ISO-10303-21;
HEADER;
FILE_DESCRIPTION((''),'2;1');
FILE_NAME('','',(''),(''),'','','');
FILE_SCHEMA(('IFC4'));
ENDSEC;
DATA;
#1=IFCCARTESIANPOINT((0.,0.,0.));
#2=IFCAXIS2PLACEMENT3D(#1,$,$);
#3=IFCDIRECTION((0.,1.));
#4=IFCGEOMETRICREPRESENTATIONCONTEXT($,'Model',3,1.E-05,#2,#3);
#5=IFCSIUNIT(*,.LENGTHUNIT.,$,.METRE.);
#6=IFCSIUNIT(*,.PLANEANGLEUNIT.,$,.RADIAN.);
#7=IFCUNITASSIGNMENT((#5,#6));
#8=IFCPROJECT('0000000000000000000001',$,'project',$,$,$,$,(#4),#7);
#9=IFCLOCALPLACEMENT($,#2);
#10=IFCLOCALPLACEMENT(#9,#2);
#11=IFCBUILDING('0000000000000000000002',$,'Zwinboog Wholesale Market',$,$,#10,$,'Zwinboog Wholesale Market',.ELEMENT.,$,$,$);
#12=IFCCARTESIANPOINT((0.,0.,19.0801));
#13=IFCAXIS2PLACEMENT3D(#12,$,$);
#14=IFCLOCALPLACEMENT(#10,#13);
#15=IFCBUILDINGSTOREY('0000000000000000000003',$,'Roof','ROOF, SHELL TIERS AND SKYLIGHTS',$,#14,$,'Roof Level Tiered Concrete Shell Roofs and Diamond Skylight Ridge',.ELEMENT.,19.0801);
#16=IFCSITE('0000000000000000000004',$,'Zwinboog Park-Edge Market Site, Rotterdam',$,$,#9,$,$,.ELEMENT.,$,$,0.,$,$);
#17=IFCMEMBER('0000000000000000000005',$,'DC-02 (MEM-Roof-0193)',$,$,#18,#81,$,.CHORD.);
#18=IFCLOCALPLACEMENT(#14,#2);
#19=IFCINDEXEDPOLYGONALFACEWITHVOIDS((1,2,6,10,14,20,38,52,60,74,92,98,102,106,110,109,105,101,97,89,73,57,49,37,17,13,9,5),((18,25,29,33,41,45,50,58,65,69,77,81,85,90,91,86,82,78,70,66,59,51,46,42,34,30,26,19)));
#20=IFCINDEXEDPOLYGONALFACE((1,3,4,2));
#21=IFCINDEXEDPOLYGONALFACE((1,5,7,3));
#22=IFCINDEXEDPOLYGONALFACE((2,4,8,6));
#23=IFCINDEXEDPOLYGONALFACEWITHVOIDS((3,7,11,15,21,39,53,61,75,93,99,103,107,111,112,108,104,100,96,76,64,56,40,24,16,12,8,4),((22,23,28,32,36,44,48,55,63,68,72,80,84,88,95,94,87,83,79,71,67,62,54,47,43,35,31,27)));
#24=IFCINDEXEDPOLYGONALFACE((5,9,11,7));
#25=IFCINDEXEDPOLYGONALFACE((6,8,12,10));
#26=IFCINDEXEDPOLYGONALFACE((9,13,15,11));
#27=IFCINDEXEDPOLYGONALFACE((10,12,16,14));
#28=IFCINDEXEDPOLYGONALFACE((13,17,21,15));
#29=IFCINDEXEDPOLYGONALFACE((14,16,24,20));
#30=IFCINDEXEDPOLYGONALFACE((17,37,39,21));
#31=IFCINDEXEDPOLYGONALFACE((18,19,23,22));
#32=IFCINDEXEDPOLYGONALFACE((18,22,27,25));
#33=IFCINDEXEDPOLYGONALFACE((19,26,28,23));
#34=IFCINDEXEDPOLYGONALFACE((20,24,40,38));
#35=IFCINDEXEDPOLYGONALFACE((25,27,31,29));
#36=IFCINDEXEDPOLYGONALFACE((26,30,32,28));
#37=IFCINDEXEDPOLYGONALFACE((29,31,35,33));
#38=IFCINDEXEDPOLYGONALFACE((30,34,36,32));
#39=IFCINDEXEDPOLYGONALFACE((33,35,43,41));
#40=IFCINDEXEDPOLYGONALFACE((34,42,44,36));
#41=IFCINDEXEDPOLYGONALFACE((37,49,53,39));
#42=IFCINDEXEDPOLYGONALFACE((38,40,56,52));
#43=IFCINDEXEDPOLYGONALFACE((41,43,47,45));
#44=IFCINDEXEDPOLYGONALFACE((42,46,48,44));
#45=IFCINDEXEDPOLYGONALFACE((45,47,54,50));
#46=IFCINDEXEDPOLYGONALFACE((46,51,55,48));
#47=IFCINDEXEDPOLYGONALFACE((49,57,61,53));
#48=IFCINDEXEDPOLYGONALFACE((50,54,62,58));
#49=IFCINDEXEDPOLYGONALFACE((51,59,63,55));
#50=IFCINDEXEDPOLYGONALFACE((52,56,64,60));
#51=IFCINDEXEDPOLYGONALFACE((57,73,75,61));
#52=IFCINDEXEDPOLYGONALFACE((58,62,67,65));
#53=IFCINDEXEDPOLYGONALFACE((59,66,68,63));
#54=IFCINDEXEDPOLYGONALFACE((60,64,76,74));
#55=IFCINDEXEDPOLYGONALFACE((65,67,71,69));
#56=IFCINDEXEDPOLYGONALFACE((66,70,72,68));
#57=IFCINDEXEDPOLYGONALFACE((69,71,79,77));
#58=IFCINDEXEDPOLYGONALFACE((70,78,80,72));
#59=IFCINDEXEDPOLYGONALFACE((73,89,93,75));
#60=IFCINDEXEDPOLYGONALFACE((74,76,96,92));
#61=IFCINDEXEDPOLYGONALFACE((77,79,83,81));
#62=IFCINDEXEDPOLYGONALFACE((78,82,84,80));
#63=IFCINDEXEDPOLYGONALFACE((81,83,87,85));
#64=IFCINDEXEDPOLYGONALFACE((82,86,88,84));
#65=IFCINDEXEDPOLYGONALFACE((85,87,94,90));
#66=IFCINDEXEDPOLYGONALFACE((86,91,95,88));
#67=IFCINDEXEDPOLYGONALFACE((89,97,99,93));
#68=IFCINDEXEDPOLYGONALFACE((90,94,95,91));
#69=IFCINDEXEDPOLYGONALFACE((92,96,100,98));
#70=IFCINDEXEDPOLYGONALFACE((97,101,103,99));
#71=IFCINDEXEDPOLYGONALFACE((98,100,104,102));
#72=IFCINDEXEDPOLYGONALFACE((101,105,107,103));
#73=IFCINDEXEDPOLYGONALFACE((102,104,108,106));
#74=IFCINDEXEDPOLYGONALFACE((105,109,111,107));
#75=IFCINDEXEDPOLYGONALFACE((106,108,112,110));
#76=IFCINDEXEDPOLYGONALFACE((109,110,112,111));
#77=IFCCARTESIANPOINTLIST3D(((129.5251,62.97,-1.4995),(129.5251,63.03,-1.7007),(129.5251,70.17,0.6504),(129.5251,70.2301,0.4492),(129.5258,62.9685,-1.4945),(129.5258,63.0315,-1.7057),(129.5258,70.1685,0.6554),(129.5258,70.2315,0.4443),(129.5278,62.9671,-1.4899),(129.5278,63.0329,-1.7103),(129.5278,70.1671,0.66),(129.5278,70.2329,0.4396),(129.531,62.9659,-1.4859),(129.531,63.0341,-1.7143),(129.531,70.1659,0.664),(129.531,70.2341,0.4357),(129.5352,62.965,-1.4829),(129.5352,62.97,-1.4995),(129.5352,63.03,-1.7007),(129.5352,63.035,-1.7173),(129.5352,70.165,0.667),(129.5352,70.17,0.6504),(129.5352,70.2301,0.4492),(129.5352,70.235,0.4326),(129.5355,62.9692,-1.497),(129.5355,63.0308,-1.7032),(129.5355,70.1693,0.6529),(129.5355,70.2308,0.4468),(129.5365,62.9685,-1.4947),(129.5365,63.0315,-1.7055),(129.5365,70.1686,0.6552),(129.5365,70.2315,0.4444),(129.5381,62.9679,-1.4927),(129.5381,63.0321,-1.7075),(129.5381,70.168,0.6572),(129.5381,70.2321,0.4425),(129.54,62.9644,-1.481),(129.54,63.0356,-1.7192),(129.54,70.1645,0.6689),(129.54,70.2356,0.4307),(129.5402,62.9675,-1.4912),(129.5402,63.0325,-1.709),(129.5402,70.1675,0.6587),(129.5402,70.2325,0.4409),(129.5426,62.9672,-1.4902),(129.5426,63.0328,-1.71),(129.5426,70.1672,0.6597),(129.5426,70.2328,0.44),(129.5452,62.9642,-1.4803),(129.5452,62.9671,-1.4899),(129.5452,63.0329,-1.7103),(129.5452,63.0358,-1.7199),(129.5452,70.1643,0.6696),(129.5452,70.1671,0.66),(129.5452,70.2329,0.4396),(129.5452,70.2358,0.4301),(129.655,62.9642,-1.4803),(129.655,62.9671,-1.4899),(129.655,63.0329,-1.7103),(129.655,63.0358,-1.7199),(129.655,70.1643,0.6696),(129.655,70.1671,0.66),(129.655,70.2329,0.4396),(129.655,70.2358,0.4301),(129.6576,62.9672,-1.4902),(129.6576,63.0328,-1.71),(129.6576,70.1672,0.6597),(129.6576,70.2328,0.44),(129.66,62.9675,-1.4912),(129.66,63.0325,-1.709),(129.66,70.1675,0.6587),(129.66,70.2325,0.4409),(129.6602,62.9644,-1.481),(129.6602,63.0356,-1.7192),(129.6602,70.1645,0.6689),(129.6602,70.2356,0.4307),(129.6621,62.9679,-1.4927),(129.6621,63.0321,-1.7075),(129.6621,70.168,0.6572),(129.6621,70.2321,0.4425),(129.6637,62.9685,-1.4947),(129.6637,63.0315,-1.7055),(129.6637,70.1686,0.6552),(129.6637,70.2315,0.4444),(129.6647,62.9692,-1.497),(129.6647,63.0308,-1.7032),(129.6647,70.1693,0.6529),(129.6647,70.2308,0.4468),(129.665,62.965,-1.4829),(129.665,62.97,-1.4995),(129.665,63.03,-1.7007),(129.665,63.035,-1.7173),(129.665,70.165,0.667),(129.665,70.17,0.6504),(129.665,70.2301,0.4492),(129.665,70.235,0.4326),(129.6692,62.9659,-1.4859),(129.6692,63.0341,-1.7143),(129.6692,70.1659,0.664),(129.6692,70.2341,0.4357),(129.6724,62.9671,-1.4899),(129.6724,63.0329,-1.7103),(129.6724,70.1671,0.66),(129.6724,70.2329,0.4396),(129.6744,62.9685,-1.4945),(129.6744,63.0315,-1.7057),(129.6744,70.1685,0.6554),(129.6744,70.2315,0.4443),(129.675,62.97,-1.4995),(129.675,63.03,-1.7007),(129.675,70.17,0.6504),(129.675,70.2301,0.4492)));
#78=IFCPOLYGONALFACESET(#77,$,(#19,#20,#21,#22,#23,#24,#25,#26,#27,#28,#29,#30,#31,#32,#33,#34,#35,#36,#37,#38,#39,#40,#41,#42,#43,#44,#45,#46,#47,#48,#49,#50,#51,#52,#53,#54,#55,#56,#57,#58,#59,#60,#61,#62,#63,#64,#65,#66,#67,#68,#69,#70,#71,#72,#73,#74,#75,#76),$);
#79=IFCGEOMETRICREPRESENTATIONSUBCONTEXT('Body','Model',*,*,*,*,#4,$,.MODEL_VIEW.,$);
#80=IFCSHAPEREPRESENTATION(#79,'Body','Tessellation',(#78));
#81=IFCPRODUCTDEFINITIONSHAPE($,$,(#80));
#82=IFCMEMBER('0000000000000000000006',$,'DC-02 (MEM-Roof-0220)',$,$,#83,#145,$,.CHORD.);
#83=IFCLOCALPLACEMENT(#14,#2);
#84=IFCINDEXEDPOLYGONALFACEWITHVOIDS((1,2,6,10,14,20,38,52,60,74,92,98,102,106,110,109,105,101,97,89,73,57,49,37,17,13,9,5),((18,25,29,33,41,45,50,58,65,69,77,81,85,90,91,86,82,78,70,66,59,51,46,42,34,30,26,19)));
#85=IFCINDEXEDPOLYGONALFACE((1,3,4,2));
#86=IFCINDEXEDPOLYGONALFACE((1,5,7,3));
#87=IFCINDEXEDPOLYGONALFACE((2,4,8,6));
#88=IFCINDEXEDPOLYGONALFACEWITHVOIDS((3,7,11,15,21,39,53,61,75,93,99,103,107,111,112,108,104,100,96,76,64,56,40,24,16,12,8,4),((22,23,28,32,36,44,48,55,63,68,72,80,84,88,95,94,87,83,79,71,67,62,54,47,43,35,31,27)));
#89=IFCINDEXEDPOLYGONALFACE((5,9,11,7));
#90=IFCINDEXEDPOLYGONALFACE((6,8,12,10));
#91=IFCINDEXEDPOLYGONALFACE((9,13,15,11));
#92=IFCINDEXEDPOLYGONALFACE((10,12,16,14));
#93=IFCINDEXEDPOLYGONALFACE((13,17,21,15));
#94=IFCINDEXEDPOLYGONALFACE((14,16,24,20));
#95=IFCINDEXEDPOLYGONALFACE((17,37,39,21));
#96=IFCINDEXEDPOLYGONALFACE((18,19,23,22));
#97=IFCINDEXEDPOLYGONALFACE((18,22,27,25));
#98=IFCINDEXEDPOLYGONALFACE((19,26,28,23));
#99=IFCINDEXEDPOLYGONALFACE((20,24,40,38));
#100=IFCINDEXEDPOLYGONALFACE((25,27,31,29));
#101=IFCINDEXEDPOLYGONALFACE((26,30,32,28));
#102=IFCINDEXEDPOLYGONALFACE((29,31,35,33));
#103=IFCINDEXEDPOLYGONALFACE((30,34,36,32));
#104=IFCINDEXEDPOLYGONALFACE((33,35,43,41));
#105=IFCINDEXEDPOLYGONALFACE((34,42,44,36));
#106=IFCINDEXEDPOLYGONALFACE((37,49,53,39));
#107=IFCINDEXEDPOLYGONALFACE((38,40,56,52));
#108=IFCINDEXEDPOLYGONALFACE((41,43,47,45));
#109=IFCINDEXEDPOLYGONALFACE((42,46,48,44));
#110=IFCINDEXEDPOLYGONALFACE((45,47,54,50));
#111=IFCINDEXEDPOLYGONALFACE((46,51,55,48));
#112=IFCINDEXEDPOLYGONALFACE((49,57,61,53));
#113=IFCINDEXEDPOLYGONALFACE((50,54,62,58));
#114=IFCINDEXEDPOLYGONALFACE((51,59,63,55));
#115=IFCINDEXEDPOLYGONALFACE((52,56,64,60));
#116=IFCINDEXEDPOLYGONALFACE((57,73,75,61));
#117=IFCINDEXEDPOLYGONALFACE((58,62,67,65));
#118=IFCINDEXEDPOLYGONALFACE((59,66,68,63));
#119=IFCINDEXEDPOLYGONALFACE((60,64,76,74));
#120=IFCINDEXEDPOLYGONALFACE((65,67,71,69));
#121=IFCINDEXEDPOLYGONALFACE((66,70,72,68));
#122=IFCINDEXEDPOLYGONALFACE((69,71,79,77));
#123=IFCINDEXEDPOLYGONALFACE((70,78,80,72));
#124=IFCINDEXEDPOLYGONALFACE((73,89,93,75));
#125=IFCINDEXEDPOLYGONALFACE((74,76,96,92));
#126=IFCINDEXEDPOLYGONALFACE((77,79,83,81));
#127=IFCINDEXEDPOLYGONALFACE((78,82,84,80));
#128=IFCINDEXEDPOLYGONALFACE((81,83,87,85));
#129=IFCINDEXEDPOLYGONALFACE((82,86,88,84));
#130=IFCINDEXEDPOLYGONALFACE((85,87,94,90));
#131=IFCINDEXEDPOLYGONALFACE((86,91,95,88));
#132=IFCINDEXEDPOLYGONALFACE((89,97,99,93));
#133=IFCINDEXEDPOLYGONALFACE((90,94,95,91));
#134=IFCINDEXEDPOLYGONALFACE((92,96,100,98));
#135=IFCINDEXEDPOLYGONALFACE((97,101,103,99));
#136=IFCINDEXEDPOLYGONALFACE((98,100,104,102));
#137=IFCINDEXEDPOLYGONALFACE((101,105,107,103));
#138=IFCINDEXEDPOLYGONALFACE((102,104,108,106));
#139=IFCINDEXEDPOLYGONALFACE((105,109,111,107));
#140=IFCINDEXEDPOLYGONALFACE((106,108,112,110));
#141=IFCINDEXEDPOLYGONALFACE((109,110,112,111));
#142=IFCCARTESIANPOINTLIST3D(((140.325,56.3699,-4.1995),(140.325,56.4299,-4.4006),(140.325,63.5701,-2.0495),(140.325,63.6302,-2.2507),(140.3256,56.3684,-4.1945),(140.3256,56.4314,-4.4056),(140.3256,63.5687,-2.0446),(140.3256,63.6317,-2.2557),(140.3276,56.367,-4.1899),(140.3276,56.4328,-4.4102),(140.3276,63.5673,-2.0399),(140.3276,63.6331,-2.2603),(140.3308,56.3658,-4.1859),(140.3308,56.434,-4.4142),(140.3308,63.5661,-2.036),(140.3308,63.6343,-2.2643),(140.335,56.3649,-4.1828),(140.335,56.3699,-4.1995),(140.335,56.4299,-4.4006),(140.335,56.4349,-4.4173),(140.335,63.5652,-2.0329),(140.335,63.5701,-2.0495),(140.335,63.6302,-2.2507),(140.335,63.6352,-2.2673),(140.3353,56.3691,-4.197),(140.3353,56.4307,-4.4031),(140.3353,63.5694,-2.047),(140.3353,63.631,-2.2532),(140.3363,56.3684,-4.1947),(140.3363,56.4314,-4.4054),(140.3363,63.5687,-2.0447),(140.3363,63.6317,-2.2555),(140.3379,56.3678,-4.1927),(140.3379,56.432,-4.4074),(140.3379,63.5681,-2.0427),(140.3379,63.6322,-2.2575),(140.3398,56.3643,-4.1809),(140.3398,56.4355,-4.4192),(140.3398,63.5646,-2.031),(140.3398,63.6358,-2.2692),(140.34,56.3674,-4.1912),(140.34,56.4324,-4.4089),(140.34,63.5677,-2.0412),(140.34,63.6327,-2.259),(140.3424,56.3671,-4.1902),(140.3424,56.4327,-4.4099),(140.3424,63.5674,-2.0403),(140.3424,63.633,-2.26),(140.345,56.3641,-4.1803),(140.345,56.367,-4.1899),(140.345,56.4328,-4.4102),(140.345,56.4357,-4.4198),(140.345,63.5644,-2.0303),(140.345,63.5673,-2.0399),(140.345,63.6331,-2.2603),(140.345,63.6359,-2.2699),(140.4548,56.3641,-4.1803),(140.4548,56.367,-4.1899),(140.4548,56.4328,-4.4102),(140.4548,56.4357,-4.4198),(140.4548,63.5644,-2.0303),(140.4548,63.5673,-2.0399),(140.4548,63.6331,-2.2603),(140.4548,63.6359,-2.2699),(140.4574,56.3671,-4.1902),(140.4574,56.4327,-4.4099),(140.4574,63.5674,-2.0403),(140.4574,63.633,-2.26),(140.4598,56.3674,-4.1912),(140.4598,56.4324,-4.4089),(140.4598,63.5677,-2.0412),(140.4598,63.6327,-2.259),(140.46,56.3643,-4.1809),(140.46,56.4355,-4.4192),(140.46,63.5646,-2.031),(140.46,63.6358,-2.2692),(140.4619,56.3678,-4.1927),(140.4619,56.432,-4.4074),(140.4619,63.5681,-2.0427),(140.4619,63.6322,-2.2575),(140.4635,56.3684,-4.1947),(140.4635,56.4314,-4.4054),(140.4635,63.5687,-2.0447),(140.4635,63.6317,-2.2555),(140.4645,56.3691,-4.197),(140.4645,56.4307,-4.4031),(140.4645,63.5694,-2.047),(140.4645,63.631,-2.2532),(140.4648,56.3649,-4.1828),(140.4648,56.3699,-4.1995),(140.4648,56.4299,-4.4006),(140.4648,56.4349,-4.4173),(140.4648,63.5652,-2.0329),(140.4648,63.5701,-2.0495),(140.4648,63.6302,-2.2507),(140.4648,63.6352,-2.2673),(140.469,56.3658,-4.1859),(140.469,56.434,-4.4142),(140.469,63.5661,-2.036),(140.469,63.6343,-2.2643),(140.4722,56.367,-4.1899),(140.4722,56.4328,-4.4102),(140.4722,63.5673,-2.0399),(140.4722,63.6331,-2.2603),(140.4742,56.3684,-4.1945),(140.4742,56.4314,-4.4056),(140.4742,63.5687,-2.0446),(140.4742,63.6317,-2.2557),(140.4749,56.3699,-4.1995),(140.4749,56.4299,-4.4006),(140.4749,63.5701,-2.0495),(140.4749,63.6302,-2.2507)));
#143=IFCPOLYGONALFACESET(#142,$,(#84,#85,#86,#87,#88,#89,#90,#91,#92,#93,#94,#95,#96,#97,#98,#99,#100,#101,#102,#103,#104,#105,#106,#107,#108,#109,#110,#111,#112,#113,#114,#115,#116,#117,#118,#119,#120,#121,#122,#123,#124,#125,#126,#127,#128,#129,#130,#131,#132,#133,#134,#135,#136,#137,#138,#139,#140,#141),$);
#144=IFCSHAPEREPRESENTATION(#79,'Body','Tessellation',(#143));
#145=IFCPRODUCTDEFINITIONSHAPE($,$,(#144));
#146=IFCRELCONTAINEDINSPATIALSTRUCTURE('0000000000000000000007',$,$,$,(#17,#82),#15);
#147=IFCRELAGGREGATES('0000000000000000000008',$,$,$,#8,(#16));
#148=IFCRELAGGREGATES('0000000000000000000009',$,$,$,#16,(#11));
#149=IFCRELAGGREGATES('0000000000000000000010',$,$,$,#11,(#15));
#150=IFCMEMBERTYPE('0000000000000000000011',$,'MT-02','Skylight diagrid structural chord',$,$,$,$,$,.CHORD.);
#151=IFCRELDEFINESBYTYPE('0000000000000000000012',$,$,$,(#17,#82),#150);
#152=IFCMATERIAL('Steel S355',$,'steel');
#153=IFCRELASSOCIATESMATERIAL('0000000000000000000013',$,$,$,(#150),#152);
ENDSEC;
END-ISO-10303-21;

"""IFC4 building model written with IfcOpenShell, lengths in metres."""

from ifc_helpers import new_model, si_unit, direction, frame, origin, origin_2d, place, context, subcontext, project, spatial, hollow_rectangle, extrude, material, material_profile, profile_set, type_object, element, save


model = new_model("IFC4")

# Units and contexts
model_context = context("Model", 3, precision=1e-05, world=origin(), true_north=direction((0.0, 1.0)))
body_context = subcontext(model_context, "Body", "Model", "MODEL_VIEW")
ifc_project = project(units=[si_unit("LENGTHUNIT", "METRE"), si_unit("PLANEANGLEUNIT", "RADIAN")], contexts=[model_context])

# Site, building, storey
site_placement = place(None, origin())
site = spatial("IfcSite", under=ifc_project, at=site_placement, Name="Zwinboog Park-Edge Market Site, Rotterdam", CompositionType="ELEMENT", RefElevation=0.0)
building_placement = place(site_placement, origin())
building = spatial("IfcBuilding", under=site, at=building_placement, Name="Zwinboog Wholesale Market", LongName="Zwinboog Wholesale Market", CompositionType="ELEMENT")
storey_placement = place(building_placement, frame((0.0, 0.0, 19.0801)))
storey = spatial("IfcBuildingStorey", under=building, at=storey_placement, Name="Roof", Description="ROOF, SHELL TIERS AND SKYLIGHTS", LongName="Roof Level Tiered Concrete Shell Roofs and Diamond Skylight Ridge", CompositionType="ELEMENT", Elevation=19.0801)

# Members
ifc_material_1 = material(Name="Steel S355", Category="steel")
ifc_material_profile_1 = material_profile(ifc_material_1, hollow_rectangle(XDim=0.1499, YDim=0.25, WallThickness=0.01, InnerFilletRadius=0.01, OuterFilletRadius=0.02, at=origin_2d()), Name="RHS 250x150x10")
ifc_profile_set_1 = profile_set([ifc_material_profile_1], Name="Steel S355")
member_type_1 = type_object("IfcMemberType", Name="MT-02", Description="Skylight diagrid structural chord", PredefinedType="CHORD", material=ifc_profile_set_1)
member_1_placement = place(storey_placement, frame((129.6001, 63.0, -1.6001), z_axis=(0.0, 0.958195, 0.286117), x_axis=(-1.0, 0.0, 0.0)))
element("IfcMember", 1, at=member_1_placement, inside=storey, type_object=member_type_1, Name="DC-02 (MEM-Roof-0193)", PredefinedType="CHORD", context=body_context, shape_type="SweptSolid", body=[
    extrude(hollow_rectangle(XDim=0.1499, YDim=0.25, WallThickness=0.01, InnerFilletRadius=0.01, OuterFilletRadius=0.02, at=origin_2d()), origin(), (0.0, 0.0, 1.0), 7.5142),
])
member_2_placement = place(storey_placement, frame((140.3999, 56.3999, -4.3), z_axis=(0.0, 0.958197, 0.286108), x_axis=(-1.0, 0.0, 0.0)))
element("IfcMember", 2, at=member_2_placement, inside=storey, type_object=member_type_1, Name="DC-02 (MEM-Roof-0220)", PredefinedType="CHORD", context=body_context, shape_type="SweptSolid", body=[
    extrude(hollow_rectangle(XDim=0.1499, YDim=0.25, WallThickness=0.01, InnerFilletRadius=0.01, OuterFilletRadius=0.02, at=origin_2d()), origin(), (0.0, 0.0, 1.0), 7.5144),
])

save(model, "model.ifc")
